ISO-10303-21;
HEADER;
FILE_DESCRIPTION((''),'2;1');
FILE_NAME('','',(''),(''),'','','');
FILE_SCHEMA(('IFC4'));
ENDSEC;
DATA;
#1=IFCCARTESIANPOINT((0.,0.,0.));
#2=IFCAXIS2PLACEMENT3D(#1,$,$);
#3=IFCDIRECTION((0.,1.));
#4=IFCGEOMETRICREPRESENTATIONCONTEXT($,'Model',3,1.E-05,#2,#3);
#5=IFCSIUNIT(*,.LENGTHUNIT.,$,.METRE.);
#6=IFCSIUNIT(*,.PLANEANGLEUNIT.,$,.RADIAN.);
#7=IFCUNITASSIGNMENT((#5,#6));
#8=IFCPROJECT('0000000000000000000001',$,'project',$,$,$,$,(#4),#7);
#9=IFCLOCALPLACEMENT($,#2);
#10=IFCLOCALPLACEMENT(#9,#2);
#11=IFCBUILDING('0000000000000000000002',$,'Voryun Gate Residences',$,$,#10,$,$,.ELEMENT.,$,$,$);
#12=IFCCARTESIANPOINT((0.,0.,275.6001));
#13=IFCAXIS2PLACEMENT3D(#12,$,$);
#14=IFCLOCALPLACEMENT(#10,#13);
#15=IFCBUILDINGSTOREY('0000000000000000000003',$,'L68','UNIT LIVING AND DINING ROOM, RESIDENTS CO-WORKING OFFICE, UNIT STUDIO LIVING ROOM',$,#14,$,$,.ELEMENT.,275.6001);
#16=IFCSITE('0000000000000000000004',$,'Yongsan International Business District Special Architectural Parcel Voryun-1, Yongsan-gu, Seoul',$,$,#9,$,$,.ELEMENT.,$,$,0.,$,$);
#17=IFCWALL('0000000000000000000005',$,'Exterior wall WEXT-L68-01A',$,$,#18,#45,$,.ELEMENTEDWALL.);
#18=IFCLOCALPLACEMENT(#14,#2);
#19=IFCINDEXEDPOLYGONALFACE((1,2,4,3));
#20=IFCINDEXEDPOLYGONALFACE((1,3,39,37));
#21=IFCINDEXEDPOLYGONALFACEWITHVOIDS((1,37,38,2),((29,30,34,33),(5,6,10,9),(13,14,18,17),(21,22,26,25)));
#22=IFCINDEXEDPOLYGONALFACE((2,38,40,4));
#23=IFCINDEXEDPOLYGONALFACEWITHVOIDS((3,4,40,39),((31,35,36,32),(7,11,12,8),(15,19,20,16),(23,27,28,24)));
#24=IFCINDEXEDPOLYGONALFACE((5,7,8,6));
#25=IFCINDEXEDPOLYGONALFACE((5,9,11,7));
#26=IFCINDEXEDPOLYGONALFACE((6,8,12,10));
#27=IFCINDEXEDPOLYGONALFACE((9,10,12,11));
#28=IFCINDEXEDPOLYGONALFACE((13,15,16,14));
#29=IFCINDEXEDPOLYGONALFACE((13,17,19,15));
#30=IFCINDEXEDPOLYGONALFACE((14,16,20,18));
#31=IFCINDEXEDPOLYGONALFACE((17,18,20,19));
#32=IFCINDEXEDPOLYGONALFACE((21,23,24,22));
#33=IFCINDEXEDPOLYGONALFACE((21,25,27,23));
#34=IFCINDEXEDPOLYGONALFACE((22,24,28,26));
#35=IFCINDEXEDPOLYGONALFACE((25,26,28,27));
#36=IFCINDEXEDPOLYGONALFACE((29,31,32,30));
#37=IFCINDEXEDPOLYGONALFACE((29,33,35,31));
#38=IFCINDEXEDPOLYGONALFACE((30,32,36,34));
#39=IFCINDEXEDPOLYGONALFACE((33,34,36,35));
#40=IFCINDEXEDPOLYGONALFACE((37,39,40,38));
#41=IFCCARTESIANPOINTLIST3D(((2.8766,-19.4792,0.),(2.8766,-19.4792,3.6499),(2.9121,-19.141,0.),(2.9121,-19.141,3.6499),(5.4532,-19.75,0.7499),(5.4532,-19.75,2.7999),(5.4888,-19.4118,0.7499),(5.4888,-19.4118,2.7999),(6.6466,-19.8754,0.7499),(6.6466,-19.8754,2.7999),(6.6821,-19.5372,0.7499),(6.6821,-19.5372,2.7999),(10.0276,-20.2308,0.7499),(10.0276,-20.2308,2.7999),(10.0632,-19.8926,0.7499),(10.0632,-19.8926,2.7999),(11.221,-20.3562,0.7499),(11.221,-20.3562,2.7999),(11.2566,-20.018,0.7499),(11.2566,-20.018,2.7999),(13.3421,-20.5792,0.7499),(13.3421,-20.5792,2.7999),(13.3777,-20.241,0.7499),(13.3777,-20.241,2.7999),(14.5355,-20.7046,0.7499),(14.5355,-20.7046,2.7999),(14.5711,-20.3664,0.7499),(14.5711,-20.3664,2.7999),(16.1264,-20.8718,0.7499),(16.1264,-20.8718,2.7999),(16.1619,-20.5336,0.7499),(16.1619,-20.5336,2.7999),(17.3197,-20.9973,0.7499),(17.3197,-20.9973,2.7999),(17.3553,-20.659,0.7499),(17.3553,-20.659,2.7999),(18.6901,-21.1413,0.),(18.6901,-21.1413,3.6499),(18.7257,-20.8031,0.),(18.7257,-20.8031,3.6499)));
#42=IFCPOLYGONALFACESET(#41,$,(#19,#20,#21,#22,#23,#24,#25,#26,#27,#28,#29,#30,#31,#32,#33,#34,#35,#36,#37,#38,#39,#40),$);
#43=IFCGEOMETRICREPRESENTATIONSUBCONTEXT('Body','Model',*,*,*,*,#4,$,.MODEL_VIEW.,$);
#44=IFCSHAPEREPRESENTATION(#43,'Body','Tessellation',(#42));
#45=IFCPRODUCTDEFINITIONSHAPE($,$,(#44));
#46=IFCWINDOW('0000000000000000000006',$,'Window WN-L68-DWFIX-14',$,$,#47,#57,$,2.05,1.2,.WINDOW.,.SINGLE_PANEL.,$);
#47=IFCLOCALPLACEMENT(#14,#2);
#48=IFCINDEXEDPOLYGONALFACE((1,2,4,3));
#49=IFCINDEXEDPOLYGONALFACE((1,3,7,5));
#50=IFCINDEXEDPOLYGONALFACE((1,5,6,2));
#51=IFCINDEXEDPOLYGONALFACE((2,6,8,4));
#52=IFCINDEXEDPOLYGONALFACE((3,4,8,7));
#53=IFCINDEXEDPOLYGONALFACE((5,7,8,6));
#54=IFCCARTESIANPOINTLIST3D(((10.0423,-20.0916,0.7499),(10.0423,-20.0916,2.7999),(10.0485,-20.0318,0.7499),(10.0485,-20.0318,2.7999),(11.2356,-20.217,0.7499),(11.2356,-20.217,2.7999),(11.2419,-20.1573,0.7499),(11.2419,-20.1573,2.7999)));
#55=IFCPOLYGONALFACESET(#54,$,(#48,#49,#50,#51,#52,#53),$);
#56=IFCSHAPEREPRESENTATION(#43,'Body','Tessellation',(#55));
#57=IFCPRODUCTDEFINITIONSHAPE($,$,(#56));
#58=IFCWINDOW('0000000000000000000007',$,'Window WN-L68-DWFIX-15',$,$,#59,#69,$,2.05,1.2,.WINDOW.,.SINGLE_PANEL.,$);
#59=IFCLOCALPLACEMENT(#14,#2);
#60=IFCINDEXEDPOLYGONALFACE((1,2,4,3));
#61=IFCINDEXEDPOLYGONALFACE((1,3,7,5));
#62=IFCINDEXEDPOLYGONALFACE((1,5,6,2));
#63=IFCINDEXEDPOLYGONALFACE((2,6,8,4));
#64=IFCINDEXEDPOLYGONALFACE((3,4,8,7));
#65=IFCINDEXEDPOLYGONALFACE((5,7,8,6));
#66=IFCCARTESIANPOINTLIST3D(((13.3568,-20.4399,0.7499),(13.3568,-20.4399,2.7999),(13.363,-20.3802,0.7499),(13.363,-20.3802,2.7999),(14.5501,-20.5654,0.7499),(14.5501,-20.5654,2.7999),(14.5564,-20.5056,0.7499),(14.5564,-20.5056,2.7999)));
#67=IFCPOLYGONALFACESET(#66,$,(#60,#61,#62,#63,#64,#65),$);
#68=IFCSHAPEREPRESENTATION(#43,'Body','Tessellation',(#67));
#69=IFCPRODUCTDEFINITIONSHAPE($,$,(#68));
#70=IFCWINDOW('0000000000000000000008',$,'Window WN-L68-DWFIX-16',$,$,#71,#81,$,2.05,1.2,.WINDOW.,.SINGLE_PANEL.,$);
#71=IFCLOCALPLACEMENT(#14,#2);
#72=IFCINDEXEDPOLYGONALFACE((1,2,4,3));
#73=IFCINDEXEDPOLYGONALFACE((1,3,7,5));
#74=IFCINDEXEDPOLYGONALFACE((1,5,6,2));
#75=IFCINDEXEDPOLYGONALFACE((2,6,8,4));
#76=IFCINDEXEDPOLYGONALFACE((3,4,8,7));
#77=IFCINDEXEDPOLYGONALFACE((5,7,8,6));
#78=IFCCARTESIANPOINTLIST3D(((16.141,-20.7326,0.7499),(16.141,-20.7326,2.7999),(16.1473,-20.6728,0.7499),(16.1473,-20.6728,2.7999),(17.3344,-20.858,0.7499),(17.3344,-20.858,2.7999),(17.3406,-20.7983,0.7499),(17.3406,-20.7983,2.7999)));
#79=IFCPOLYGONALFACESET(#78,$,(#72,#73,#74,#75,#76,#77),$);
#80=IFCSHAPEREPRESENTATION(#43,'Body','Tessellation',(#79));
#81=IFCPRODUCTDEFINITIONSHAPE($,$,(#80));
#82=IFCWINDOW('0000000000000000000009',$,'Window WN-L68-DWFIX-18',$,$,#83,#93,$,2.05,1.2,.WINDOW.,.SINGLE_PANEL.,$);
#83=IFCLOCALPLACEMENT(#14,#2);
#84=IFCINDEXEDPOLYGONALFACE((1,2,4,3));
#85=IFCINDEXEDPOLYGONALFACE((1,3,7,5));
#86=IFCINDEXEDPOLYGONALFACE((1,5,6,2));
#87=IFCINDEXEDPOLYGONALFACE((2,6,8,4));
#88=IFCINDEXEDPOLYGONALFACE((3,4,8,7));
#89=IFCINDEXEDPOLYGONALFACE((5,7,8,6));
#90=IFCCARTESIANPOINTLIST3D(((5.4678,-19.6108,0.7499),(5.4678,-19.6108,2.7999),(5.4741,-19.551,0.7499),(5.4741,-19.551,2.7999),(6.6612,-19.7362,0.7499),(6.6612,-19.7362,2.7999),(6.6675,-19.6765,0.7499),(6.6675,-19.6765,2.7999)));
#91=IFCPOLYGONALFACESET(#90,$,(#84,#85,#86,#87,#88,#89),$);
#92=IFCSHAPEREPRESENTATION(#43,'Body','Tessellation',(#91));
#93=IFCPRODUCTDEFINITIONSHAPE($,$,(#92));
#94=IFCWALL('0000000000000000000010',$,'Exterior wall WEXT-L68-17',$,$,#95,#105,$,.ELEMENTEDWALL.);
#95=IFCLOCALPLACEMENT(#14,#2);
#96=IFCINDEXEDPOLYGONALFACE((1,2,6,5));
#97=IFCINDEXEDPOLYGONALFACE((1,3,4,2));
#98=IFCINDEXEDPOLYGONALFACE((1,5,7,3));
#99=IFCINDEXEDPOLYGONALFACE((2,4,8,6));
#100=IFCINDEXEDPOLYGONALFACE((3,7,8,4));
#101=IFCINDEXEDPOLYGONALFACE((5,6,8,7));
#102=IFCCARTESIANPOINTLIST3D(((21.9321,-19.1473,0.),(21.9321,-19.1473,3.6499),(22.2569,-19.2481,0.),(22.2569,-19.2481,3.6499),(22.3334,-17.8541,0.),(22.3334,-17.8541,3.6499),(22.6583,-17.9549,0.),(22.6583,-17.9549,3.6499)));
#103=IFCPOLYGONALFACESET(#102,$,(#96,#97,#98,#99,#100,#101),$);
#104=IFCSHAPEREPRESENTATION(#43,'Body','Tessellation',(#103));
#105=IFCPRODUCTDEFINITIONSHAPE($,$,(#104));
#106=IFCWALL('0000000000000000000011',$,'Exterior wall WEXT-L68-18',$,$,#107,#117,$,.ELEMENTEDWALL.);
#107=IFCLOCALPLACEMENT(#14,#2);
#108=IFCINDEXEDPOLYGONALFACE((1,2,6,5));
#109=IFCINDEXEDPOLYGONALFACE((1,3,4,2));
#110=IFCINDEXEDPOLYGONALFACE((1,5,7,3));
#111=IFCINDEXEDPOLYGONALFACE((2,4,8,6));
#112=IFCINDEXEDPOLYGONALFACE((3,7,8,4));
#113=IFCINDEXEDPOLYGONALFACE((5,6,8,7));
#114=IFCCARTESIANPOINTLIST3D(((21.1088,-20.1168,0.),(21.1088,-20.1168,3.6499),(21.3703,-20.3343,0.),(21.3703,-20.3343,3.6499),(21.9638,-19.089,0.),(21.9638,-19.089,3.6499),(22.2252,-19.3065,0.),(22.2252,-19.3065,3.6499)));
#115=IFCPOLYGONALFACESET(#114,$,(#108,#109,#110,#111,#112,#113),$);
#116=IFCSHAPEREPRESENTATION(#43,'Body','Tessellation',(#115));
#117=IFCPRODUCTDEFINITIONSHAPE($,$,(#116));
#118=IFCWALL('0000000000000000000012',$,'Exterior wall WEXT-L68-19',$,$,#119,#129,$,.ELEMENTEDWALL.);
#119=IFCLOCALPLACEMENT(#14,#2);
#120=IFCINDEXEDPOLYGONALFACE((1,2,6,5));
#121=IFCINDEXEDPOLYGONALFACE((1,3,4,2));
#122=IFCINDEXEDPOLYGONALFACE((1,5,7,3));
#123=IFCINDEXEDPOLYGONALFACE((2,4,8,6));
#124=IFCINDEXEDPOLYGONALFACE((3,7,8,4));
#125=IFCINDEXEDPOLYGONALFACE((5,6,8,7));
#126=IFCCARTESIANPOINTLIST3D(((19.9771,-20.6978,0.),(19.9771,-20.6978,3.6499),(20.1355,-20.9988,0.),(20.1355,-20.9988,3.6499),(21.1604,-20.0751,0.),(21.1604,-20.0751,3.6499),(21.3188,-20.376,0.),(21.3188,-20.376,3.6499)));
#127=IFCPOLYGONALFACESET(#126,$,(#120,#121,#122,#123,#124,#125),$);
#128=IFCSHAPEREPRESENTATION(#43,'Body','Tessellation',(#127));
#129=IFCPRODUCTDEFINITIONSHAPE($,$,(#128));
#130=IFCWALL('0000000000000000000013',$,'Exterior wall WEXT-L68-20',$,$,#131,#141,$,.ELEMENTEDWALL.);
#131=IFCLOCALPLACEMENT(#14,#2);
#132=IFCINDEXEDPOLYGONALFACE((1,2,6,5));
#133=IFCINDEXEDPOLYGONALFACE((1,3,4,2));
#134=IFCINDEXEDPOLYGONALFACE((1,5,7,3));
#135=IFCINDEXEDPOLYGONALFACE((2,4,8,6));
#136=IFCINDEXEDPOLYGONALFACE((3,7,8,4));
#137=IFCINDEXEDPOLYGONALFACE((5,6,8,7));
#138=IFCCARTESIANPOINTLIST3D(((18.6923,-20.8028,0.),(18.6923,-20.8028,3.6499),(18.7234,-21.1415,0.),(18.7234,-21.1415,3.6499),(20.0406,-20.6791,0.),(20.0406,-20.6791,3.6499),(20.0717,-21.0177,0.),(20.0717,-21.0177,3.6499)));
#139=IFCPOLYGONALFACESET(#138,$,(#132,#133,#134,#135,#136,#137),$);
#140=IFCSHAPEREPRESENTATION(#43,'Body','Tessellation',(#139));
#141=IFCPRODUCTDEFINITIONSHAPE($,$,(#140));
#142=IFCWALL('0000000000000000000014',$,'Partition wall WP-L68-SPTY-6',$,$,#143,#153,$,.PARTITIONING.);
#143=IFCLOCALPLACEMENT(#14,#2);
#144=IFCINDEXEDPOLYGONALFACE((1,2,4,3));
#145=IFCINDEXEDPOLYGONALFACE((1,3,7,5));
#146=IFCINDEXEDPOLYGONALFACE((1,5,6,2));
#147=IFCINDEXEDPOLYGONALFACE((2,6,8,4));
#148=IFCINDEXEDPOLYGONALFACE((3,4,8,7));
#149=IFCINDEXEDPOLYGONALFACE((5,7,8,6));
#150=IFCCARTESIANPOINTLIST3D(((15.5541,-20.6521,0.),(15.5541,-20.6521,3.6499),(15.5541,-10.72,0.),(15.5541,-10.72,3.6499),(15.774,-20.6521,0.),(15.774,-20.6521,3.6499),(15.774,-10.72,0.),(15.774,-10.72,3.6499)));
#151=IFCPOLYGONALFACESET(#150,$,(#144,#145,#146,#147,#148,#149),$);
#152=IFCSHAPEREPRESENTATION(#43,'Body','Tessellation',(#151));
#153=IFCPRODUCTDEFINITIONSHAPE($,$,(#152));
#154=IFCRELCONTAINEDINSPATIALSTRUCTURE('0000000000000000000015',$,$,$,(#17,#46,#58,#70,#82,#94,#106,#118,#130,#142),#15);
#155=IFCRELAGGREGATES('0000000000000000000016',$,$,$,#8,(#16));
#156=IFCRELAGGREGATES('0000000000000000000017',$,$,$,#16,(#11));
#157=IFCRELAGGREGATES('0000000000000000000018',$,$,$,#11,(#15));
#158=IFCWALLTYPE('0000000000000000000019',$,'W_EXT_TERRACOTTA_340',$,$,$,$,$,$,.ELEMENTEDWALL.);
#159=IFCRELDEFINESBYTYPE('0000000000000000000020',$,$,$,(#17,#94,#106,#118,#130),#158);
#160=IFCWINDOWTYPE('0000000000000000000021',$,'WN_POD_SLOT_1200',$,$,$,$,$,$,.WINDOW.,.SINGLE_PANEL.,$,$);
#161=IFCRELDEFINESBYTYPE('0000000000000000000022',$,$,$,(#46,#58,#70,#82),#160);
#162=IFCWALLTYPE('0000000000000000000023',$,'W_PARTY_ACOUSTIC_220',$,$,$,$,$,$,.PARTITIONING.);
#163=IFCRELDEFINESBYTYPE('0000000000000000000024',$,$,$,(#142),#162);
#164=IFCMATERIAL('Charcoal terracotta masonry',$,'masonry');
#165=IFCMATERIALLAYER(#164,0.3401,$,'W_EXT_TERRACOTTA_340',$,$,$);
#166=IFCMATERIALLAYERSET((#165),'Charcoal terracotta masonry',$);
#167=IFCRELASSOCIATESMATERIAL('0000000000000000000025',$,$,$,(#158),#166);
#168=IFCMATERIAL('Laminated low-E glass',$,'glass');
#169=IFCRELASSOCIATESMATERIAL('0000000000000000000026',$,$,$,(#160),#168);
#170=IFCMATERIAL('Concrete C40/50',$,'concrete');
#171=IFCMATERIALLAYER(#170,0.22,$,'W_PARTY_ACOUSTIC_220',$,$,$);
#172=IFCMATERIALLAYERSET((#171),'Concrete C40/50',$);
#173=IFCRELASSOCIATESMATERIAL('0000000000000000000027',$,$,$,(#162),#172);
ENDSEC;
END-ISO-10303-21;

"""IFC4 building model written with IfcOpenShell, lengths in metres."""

from ifc_helpers import new_model, si_unit, direction, frame, frame_2d, origin, place, context, subcontext, project, spatial, rectangle, extrude, material, layer, layer_set, type_object, element, fill, save


model = new_model("IFC4")

# Units and contexts
model_context = context("Model", 3, precision=1e-05, world=origin(), true_north=direction((0.0, 1.0)))
body_context = subcontext(model_context, "Body", "Model", "MODEL_VIEW")
ifc_project = project(units=[si_unit("LENGTHUNIT", "METRE"), si_unit("PLANEANGLEUNIT", "RADIAN")], contexts=[model_context])

# Site, building, storey
site_placement = place(None, origin())
site = spatial("IfcSite", under=ifc_project, at=site_placement, Name="Yongsan International Business District Special Architectural Parcel Voryun-1, Yongsan-gu, Seoul", CompositionType="ELEMENT", RefElevation=0.0)
building_placement = place(site_placement, origin())
building = spatial("IfcBuilding", under=site, at=building_placement, Name="Voryun Gate Residences", CompositionType="ELEMENT")
storey_placement = place(building_placement, frame((0.0, 0.0, 275.6001)))
storey = spatial("IfcBuildingStorey", under=building, at=storey_placement, Name="L68", Description="UNIT LIVING AND DINING ROOM, RESIDENTS CO-WORKING OFFICE, UNIT STUDIO LIVING ROOM", CompositionType="ELEMENT", Elevation=275.6001)

# Wall, openings, windows
ifc_material_1 = material(Name="Charcoal terracotta masonry", Category="masonry")
ifc_layer_1 = layer(ifc_material_1, 0.3401, Name="W_EXT_TERRACOTTA_340")
ifc_layer_set_1 = layer_set([ifc_layer_1], Name="Charcoal terracotta masonry")
wall_type_1 = type_object("IfcWallType", Name="W_EXT_TERRACOTTA_340", PredefinedType="ELEMENTEDWALL", material=ifc_layer_set_1)
wall_1_placement = place(storey_placement, frame((18.7078, -20.9722, 0.0), z_axis=(0.0, 0.0, 1.0), x_axis=(-0.994522, 0.104531, 0.0)))
wall_1 = element("IfcWall", 1, at=wall_1_placement, inside=storey, type_object=wall_type_1, Name="Exterior wall WEXT-L68-01A", PredefinedType="ELEMENTEDWALL", context=body_context, shape_type="SweptSolid", body=[
    extrude(rectangle(XDim=15.9006, YDim=0.3401, at=frame_2d((7.9502, 0.0))), origin(), (0.0, 0.0, 1.0), 3.6499),
])
opening_1_placement = place(wall_1_placement, frame((7.51, 0.0, 0.75)))
opening_1 = element("IfcOpeningElement", 2, at=opening_1_placement, cuts=wall_1, PredefinedType="OPENING", context=body_context, shape_type="SweptSolid", body=[
    extrude(rectangle(XDim=1.2, YDim=2.05, at=frame_2d((0.6001, 1.0249))), frame((0.0, 0.1799, 0.0), z_axis=(0.0, -1.0, 0.0), x_axis=(1.0, 0.0, 0.0)), (0.0, 0.0, 1.0), 0.3601),
])
opening_2_placement = place(wall_1_placement, frame((4.1772, 0.0, 0.75)))
opening_2 = element("IfcOpeningElement", 3, at=opening_2_placement, cuts=wall_1, PredefinedType="OPENING", context=body_context, shape_type="SweptSolid", body=[
    extrude(rectangle(XDim=1.2, YDim=2.05, at=frame_2d((0.6001, 1.0249))), frame((0.0, 0.1799, 0.0), z_axis=(0.0, -1.0, 0.0), x_axis=(1.0, 0.0, 0.0)), (0.0, 0.0, 1.0), 0.3601),
])
opening_3_placement = place(wall_1_placement, frame((1.3777, 0.0, 0.75)))
opening_3 = element("IfcOpeningElement", 4, at=opening_3_placement, cuts=wall_1, PredefinedType="OPENING", context=body_context, shape_type="SweptSolid", body=[
    extrude(rectangle(XDim=1.2, YDim=2.05, at=frame_2d((0.6001, 1.0249))), frame((0.0, 0.1799, 0.0), z_axis=(0.0, -1.0, 0.0), x_axis=(1.0, 0.0, 0.0)), (0.0, 0.0, 1.0), 0.3601),
])
opening_4_placement = place(wall_1_placement, frame((12.1096, 0.0, 0.75)))
opening_4 = element("IfcOpeningElement", 5, at=opening_4_placement, cuts=wall_1, PredefinedType="OPENING", context=body_context, shape_type="SweptSolid", body=[
    extrude(rectangle(XDim=1.2, YDim=2.05, at=frame_2d((0.6001, 1.0249))), frame((0.0, 0.1799, 0.0), z_axis=(0.0, -1.0, 0.0), x_axis=(1.0, 0.0, 0.0)), (0.0, 0.0, 1.0), 0.3601),
])
ifc_material_2 = material(Name="Laminated low-E glass", Category="glass")
window_type = type_object("IfcWindowType", Name="WN_POD_SLOT_1200", PartitioningType="SINGLE_PANEL", PredefinedType="WINDOW", material=ifc_material_2)
window_1_placement = place(opening_1_placement, origin())
window_1 = element("IfcWindow", 6, at=window_1_placement, inside=storey, type_object=window_type, Name="Window WN-L68-DWFIX-14", OverallHeight=2.05, OverallWidth=1.2, PartitioningType="SINGLE_PANEL", PredefinedType="WINDOW", context=body_context, shape_type="SweptSolid", body=[
    extrude(rectangle(XDim=1.2, YDim=2.05, at=frame_2d((0.6001, 1.0249))), frame((0.0, 0.03, 0.0), z_axis=(0.0, -1.0, 0.0), x_axis=(1.0, 0.0, 0.0)), (0.0, 0.0, 1.0), 0.0601),
])
fill(opening_1, window_1)
window_2_placement = place(opening_2_placement, origin())
window_2 = element("IfcWindow", 7, at=window_2_placement, inside=storey, type_object=window_type, Name="Window WN-L68-DWFIX-15", OverallHeight=2.05, OverallWidth=1.2, PartitioningType="SINGLE_PANEL", PredefinedType="WINDOW", context=body_context, shape_type="SweptSolid", body=[
    extrude(rectangle(XDim=1.2, YDim=2.05, at=frame_2d((0.6001, 1.0249))), frame((0.0, 0.03, 0.0), z_axis=(0.0, -1.0, 0.0), x_axis=(1.0, 0.0, 0.0)), (0.0, 0.0, 1.0), 0.0601),
])
fill(opening_2, window_2)
window_3_placement = place(opening_3_placement, origin())
window_3 = element("IfcWindow", 8, at=window_3_placement, inside=storey, type_object=window_type, Name="Window WN-L68-DWFIX-16", OverallHeight=2.05, OverallWidth=1.2, PartitioningType="SINGLE_PANEL", PredefinedType="WINDOW", context=body_context, shape_type="SweptSolid", body=[
    extrude(rectangle(XDim=1.2, YDim=2.05, at=frame_2d((0.6001, 1.0249))), frame((0.0, 0.03, 0.0), z_axis=(0.0, -1.0, 0.0), x_axis=(1.0, 0.0, 0.0)), (0.0, 0.0, 1.0), 0.0601),
])
fill(opening_3, window_3)
window_4_placement = place(opening_4_placement, origin())
window_4 = element("IfcWindow", 9, at=window_4_placement, inside=storey, type_object=window_type, Name="Window WN-L68-DWFIX-18", OverallHeight=2.05, OverallWidth=1.2, PartitioningType="SINGLE_PANEL", PredefinedType="WINDOW", context=body_context, shape_type="SweptSolid", body=[
    extrude(rectangle(XDim=1.2, YDim=2.05, at=frame_2d((0.6001, 1.0249))), frame((0.0, 0.03, 0.0), z_axis=(0.0, -1.0, 0.0), x_axis=(1.0, 0.0, 0.0)), (0.0, 0.0, 1.0), 0.0601),
])
fill(opening_4, window_4)

# Walls
wall_2_placement = place(storey_placement, frame((22.4958, -17.9045, 0.0), z_axis=(0.0, 0.0, 1.0), x_axis=(-0.296416, -0.955059, 0.0)))
element("IfcWall", 10, at=wall_2_placement, inside=storey, type_object=wall_type_1, Name="Exterior wall WEXT-L68-17", PredefinedType="ELEMENTEDWALL", context=body_context, shape_type="SweptSolid", body=[
    extrude(rectangle(XDim=1.354, YDim=0.3401, at=frame_2d((0.677, 0.0))), origin(), (0.0, 0.0, 1.0), 3.6499),
])
wall_3_placement = place(storey_placement, frame((22.0945, -19.1978, 0.0), z_axis=(0.0, 0.0, 1.0), x_axis=(-0.639502, -0.76879, 0.0)))
element("IfcWall", 11, at=wall_3_placement, inside=storey, type_object=wall_type_1, Name="Exterior wall WEXT-L68-18", PredefinedType="ELEMENTEDWALL", context=body_context, shape_type="SweptSolid", body=[
    extrude(rectangle(XDim=1.3369, YDim=0.3401, at=frame_2d((0.6685, 0.0))), origin(), (0.0, 0.0, 1.0), 3.6499),
])
wall_4_placement = place(storey_placement, frame((21.2395, -20.2256, 0.0), z_axis=(0.0, 0.0, 1.0), x_axis=(-0.884922, -0.465739, 0.0)))
element("IfcWall", 12, at=wall_4_placement, inside=storey, type_object=wall_type_1, Name="Exterior wall WEXT-L68-19", PredefinedType="ELEMENTEDWALL", context=body_context, shape_type="SweptSolid", body=[
    extrude(rectangle(XDim=1.3372, YDim=0.3401, at=frame_2d((0.6685, 0.0))), origin(), (0.0, 0.0, 1.0), 3.6499),
])
wall_5_placement = place(storey_placement, frame((20.0562, -20.8484, 0.0), z_axis=(0.0, 0.0, 1.0), x_axis=(-0.995813, -0.091414, 0.0)))
element("IfcWall", 13, at=wall_5_placement, inside=storey, type_object=wall_type_1, Name="Exterior wall WEXT-L68-20", PredefinedType="ELEMENTEDWALL", context=body_context, shape_type="SweptSolid", body=[
    extrude(rectangle(XDim=1.354, YDim=0.3401, at=frame_2d((0.677, 0.0))), origin(), (0.0, 0.0, 1.0), 3.6499),
])
ifc_material_3 = material(Name="Concrete C40/50", Category="concrete")
ifc_layer_2 = layer(ifc_material_3, 0.22, Name="W_PARTY_ACOUSTIC_220")
ifc_layer_set_2 = layer_set([ifc_layer_2], Name="Concrete C40/50")
wall_type_2 = type_object("IfcWallType", Name="W_PARTY_ACOUSTIC_220", PredefinedType="PARTITIONING", material=ifc_layer_set_2)
wall_6_placement = place(storey_placement, frame((15.6641, -20.6521, 0.0), z_axis=(0.0, 0.0, 1.0), x_axis=(0.0, 1.0, 0.0)))
element("IfcWall", 14, at=wall_6_placement, inside=storey, type_object=wall_type_2, Name="Partition wall WP-L68-SPTY-6", PredefinedType="PARTITIONING", context=body_context, shape_type="SweptSolid", body=[
    extrude(rectangle(XDim=9.9321, YDim=0.22, at=frame_2d((4.9661, 0.0))), origin(), (0.0, 0.0, 1.0), 3.6499),
])

save(model, "model.ifc")
